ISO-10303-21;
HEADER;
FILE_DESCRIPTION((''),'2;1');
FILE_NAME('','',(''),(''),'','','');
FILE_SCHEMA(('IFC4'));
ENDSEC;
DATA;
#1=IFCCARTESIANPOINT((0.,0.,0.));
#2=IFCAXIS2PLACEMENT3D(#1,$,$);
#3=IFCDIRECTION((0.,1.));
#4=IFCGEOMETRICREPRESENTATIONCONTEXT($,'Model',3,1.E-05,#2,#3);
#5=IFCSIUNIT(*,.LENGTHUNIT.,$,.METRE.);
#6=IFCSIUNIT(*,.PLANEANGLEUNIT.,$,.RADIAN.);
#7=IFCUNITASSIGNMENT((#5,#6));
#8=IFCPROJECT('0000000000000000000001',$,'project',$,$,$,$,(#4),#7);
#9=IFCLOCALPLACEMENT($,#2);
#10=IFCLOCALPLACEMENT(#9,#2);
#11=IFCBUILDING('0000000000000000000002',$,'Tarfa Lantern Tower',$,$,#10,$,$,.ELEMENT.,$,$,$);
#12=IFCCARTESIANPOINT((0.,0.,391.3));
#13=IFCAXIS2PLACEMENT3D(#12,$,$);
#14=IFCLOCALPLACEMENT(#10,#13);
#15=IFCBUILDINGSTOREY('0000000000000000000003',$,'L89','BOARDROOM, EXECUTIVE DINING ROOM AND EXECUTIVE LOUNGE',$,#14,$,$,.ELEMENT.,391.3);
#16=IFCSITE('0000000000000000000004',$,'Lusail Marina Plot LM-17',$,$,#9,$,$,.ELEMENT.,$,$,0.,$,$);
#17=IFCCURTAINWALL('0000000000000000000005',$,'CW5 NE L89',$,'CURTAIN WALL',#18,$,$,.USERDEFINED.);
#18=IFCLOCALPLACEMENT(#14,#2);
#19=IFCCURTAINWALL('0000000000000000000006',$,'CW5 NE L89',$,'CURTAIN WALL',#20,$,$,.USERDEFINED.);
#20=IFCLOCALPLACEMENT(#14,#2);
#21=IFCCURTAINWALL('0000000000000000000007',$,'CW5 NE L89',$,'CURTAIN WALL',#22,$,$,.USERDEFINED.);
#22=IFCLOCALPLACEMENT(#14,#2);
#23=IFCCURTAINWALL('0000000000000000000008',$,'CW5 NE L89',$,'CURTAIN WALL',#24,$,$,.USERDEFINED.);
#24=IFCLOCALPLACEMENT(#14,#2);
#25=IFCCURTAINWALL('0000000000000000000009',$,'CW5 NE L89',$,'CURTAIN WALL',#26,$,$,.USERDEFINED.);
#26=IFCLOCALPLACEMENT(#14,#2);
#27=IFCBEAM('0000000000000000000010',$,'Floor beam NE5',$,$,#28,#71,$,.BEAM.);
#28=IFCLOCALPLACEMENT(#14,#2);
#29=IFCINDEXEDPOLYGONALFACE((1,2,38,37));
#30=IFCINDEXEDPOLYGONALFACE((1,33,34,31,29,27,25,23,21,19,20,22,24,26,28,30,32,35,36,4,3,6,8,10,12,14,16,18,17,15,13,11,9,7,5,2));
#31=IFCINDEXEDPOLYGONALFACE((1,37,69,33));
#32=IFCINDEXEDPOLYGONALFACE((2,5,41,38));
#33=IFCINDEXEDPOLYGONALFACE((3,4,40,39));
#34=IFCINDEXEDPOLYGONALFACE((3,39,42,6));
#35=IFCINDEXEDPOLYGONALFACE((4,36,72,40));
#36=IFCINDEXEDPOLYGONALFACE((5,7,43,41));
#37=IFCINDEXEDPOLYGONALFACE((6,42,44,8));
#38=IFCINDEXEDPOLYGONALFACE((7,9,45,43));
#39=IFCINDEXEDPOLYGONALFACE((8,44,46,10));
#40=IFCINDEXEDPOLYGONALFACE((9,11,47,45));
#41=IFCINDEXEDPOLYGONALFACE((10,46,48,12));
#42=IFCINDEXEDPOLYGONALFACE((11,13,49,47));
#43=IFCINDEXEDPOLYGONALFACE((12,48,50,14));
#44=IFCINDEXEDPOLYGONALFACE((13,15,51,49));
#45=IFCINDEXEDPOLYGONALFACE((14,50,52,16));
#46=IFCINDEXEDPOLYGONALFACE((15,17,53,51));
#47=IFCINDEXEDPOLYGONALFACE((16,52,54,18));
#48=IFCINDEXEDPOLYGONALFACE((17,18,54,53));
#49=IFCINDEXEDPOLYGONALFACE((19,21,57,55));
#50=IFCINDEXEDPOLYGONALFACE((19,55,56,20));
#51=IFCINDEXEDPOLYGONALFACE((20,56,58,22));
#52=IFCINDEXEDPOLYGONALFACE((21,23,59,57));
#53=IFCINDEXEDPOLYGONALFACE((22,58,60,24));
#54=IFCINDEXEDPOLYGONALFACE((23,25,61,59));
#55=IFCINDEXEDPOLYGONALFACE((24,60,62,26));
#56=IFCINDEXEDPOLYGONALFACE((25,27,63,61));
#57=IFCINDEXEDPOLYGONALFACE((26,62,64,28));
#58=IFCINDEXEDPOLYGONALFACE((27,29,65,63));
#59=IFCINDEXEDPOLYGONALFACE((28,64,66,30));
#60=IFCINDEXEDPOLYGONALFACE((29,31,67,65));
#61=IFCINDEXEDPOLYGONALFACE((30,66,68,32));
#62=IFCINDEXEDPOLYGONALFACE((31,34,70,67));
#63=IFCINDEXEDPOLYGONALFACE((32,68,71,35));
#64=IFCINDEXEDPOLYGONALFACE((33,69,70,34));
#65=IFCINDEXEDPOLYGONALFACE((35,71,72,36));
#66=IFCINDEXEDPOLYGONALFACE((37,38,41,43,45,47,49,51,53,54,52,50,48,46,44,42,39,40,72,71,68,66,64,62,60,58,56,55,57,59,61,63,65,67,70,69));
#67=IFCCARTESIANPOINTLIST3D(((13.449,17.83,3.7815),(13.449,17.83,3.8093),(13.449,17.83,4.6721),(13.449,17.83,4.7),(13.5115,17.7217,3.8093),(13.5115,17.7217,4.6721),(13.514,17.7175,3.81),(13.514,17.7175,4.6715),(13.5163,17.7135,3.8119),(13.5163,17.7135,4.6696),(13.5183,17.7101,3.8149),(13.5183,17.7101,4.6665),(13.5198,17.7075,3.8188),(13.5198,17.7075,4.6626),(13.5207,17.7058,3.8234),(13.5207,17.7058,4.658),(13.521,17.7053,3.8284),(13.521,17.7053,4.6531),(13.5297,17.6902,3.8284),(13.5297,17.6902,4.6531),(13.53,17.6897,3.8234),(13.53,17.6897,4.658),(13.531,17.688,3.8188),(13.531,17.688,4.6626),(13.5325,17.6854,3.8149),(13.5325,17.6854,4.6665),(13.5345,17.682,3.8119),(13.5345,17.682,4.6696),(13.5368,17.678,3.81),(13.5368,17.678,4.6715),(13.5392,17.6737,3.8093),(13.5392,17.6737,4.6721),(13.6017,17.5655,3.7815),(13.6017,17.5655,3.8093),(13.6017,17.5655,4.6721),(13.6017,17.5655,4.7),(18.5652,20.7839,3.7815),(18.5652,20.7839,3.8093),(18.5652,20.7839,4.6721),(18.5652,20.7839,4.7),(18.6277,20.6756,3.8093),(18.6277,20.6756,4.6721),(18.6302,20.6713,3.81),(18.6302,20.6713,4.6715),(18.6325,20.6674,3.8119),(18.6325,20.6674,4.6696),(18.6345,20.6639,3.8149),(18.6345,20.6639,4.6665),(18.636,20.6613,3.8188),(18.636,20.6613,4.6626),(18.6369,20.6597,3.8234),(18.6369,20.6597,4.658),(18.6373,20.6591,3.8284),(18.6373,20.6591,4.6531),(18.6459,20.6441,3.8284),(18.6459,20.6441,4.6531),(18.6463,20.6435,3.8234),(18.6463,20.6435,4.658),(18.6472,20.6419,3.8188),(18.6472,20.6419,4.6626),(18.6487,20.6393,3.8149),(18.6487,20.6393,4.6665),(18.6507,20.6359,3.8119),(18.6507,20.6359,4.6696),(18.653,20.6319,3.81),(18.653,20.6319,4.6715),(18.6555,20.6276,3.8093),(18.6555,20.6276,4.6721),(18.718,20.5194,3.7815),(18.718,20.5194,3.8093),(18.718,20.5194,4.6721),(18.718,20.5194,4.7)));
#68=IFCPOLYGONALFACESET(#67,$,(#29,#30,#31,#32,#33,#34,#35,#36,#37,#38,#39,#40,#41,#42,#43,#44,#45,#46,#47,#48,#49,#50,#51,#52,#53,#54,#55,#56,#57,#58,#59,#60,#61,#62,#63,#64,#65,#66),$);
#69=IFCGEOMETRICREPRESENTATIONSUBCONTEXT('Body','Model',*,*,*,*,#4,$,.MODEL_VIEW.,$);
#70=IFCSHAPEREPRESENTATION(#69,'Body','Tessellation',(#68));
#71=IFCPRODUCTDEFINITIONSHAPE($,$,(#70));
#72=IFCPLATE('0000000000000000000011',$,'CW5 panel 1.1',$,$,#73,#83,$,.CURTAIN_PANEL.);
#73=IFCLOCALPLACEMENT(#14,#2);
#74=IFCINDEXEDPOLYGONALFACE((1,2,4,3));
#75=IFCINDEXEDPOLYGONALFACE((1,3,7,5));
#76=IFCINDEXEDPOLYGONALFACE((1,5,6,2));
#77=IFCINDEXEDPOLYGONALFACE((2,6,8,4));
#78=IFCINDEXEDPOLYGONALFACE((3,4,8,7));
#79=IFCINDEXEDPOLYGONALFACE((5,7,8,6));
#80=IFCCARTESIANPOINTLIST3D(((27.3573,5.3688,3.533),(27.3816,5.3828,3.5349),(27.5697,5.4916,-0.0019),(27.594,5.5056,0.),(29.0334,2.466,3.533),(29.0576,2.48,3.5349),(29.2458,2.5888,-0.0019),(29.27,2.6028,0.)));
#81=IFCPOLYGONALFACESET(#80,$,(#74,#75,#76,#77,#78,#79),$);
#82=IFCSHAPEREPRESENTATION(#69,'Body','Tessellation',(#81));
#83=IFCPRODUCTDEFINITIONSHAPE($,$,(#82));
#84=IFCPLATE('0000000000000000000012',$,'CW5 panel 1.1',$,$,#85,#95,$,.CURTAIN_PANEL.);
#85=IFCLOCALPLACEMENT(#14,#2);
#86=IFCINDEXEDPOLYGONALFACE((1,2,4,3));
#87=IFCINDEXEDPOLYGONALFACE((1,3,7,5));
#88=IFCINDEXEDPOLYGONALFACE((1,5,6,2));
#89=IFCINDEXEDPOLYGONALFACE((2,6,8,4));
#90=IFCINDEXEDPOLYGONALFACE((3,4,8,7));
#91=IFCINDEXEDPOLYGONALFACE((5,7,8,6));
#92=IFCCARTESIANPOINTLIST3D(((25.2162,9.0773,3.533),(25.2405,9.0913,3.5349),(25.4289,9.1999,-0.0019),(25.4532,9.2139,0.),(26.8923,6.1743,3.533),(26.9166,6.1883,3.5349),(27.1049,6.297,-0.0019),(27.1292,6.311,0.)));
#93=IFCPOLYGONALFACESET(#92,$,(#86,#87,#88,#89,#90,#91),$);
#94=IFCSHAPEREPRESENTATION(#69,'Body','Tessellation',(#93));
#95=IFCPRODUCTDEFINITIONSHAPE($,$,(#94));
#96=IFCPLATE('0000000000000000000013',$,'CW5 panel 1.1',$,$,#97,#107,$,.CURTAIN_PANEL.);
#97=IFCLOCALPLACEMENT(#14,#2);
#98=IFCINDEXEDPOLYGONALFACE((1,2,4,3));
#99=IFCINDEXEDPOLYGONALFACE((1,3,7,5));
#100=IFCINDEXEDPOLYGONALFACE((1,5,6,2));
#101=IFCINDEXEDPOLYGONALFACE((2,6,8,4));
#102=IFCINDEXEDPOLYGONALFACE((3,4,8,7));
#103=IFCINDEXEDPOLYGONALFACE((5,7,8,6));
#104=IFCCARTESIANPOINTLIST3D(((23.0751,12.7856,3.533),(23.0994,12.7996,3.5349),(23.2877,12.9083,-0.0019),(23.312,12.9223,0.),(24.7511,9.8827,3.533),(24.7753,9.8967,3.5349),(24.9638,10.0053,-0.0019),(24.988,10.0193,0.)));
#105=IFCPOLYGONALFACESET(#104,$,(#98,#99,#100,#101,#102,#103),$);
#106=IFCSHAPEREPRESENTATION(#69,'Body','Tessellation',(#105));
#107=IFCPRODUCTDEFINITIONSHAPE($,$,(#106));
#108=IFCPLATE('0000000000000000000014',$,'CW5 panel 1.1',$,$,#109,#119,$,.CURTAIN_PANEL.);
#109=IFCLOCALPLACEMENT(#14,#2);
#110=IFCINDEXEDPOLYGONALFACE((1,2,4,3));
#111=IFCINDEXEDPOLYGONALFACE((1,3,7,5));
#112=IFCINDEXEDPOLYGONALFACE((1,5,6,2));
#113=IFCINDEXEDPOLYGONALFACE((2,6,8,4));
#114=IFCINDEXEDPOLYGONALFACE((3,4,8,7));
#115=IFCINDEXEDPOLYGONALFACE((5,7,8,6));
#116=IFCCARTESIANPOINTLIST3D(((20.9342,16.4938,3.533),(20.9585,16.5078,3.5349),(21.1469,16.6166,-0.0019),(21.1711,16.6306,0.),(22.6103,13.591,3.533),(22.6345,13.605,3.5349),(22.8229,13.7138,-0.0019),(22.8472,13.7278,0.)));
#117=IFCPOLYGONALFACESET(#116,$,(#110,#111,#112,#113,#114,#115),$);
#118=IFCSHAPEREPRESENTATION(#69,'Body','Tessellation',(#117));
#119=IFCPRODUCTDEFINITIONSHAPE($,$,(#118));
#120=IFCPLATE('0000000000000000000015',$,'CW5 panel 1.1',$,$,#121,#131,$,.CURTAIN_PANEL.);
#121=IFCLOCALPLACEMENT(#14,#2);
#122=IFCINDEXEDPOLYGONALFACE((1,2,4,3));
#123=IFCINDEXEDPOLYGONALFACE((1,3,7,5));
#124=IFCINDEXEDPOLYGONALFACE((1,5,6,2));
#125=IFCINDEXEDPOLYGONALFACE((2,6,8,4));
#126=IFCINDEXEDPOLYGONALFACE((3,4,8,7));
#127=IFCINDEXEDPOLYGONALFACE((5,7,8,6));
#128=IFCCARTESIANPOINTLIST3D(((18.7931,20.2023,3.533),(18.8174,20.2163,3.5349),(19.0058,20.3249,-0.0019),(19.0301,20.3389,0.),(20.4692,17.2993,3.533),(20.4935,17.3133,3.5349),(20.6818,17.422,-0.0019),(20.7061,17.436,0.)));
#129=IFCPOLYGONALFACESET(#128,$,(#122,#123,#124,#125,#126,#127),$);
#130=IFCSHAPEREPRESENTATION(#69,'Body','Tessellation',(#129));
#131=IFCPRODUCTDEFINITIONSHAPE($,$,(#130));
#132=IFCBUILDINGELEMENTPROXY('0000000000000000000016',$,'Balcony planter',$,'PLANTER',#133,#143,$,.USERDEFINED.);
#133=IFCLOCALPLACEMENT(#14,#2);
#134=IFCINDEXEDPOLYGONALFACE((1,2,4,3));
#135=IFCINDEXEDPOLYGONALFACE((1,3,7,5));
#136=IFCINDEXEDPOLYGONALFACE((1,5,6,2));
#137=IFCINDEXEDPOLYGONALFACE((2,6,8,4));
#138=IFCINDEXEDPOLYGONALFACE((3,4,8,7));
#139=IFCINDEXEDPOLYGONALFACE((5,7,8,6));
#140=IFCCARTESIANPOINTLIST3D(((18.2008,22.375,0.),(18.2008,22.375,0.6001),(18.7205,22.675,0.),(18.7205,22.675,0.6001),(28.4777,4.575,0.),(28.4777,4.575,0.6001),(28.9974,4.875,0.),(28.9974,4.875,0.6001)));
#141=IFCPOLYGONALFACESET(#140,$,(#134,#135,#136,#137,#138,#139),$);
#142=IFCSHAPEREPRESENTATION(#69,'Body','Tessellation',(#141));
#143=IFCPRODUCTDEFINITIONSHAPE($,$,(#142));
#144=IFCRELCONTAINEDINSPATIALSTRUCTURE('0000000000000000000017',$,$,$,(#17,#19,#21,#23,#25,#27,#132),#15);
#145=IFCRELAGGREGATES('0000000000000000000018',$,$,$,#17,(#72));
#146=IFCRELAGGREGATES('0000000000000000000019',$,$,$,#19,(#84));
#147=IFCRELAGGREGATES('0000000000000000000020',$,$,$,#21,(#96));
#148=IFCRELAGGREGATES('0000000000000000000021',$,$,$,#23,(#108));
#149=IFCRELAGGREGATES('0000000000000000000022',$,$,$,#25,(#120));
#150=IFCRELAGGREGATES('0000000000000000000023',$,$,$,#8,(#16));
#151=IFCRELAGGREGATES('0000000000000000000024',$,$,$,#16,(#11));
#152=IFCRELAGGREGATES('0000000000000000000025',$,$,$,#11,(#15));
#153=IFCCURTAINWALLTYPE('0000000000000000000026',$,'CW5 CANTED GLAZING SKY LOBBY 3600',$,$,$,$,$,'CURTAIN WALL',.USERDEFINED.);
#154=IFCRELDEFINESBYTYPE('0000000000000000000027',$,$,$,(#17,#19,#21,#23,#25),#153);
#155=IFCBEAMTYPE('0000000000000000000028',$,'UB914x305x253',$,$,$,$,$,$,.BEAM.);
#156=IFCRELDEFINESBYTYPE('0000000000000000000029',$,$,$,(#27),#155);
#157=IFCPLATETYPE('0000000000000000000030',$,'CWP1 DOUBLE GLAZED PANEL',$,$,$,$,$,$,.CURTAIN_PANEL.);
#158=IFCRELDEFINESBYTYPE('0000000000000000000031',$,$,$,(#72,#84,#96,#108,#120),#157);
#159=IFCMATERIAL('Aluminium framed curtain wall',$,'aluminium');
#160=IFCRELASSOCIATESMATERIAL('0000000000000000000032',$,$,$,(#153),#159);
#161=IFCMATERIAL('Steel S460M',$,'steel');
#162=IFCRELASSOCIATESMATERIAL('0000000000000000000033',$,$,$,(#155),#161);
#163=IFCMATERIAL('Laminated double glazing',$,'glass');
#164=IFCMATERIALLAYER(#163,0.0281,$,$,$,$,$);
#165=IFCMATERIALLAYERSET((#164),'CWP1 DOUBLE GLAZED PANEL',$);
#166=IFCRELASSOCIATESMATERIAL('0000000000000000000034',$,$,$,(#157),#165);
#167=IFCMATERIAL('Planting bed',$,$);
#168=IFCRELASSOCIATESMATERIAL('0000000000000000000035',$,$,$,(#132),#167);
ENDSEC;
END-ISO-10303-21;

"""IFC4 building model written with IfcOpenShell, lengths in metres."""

from ifc_helpers import new_model, si_unit, direction, frame, origin, origin_2d, place, context, subcontext, project, spatial, polyline, rectangle, i_section, outline, extrude, material, layer, layer_set, material_profile, profile_set, type_object, element, aggregate, save


model = new_model("IFC4")

# Units and contexts
model_context = context("Model", 3, precision=1e-05, world=origin(), true_north=direction((0.0, 1.0)))
body_context = subcontext(model_context, "Body", "Model", "MODEL_VIEW")
ifc_project = project(units=[si_unit("LENGTHUNIT", "METRE"), si_unit("PLANEANGLEUNIT", "RADIAN")], contexts=[model_context])

# Site, building, storey
site_placement = place(None, origin())
site = spatial("IfcSite", under=ifc_project, at=site_placement, Name="Lusail Marina Plot LM-17", CompositionType="ELEMENT", RefElevation=0.0)
building_placement = place(site_placement, origin())
building = spatial("IfcBuilding", under=site, at=building_placement, Name="Tarfa Lantern Tower", CompositionType="ELEMENT")
storey_placement = place(building_placement, frame((0.0, 0.0, 391.3)))
storey = spatial("IfcBuildingStorey", under=building, at=storey_placement, Name="L89", Description="BOARDROOM, EXECUTIVE DINING ROOM AND EXECUTIVE LOUNGE", CompositionType="ELEMENT", Elevation=391.3)

# Curtain walls
ifc_material_1 = material(Name="Aluminium framed curtain wall", Category="aluminium")
curtain_wall_type = type_object("IfcCurtainWallType", Name="CW5 CANTED GLAZING SKY LOBBY 3600", ElementType="CURTAIN WALL", PredefinedType="USERDEFINED", material=ifc_material_1)
curtain_wall_1_placement = place(storey_placement, origin())
curtain_wall_1 = element("IfcCurtainWall", 1, at=curtain_wall_1_placement, inside=storey, type_object=curtain_wall_type, Name="CW5 NE L89", ObjectType="CURTAIN WALL", PredefinedType="USERDEFINED")
curtain_wall_2_placement = place(storey_placement, origin())
curtain_wall_2 = element("IfcCurtainWall", 2, at=curtain_wall_2_placement, inside=storey, type_object=curtain_wall_type, Name="CW5 NE L89", ObjectType="CURTAIN WALL", PredefinedType="USERDEFINED")
curtain_wall_3_placement = place(storey_placement, origin())
curtain_wall_3 = element("IfcCurtainWall", 3, at=curtain_wall_3_placement, inside=storey, type_object=curtain_wall_type, Name="CW5 NE L89", ObjectType="CURTAIN WALL", PredefinedType="USERDEFINED")
curtain_wall_4_placement = place(storey_placement, origin())
curtain_wall_4 = element("IfcCurtainWall", 4, at=curtain_wall_4_placement, inside=storey, type_object=curtain_wall_type, Name="CW5 NE L89", ObjectType="CURTAIN WALL", PredefinedType="USERDEFINED")
curtain_wall_5_placement = place(storey_placement, origin())
curtain_wall_5 = element("IfcCurtainWall", 5, at=curtain_wall_5_placement, inside=storey, type_object=curtain_wall_type, Name="CW5 NE L89", ObjectType="CURTAIN WALL", PredefinedType="USERDEFINED")

# Beam
ifc_material_2 = material(Name="Steel S460M", Category="steel")
ifc_material_profile_1 = material_profile(ifc_material_2, i_section(OverallWidth=0.3054, OverallDepth=0.9185, WebThickness=0.0173, FlangeThickness=0.0278, FilletRadius=0.019, at=origin_2d()), Name="UB914x305x253")
ifc_profile_set_1 = profile_set([ifc_material_profile_1], Name="Steel S460M")
beam_type_1 = type_object("IfcBeamType", Name="UB914x305x253", PredefinedType="BEAM", material=ifc_profile_set_1)
beam_1_placement = place(storey_placement, frame((18.6416, 20.6516, 4.2407), z_axis=(-0.866025, -0.500001, 0.0), x_axis=(0.500001, -0.866025, 0.0)))
element("IfcBeam", 6, at=beam_1_placement, inside=storey, type_object=beam_type_1, Name="Floor beam NE5", PredefinedType="BEAM", context=body_context, shape_type="SweptSolid", body=[
    extrude(i_section(OverallWidth=0.3054, OverallDepth=0.9185, WebThickness=0.0173, FlangeThickness=0.0278, FilletRadius=0.019, at=origin_2d()), origin(), (0.0, 0.0, 1.0), 5.9077),
])

# Plates
ifc_material_3 = material(Name="Laminated double glazing", Category="glass")
ifc_layer = layer(ifc_material_3, 0.0281)
ifc_layer_set = layer_set([ifc_layer], Name="CWP1 DOUBLE GLAZED PANEL")
plate_type = type_object("IfcPlateType", Name="CWP1 DOUBLE GLAZED PANEL", PredefinedType="CURTAIN_PANEL", material=ifc_layer_set)
plate_1_placement = place(storey_placement, frame((29.27, 2.6028, 0.0), z_axis=(0.863937, 0.498817, 0.06924), x_axis=(-0.500017, 0.866016, 0.0)))
plate_1 = element("IfcPlate", 7, at=plate_1_placement, type_object=plate_type, Name="CW5 panel 1.1", PredefinedType="CURTAIN_PANEL", context=body_context, shape_type="SweptSolid", body=[
    extrude(outline(polyline([(0.0, 0.0), (3.3519, 0.0), (3.3518, 3.5434), (-0.0001, 3.5434), (0.0, 0.0)])), origin(), (0.0, 0.0, -1.0), 0.0281),
])
aggregate(curtain_wall_1, [plate_1])
plate_2_placement = place(storey_placement, frame((27.1292, 6.311, 0.0), z_axis=(0.863944, 0.498799, 0.069283), x_axis=(-0.500001, 0.866025, 0.000001)))
plate_2 = element("IfcPlate", 8, at=plate_2_placement, type_object=plate_type, Name="CW5 panel 1.1", PredefinedType="CURTAIN_PANEL", context=body_context, shape_type="SweptSolid", body=[
    extrude(outline(polyline([(0.0, 0.0), (3.3519, 0.0), (3.3521, 3.5434), (0.0, 3.5434), (0.0, 0.0)])), origin(), (0.0, 0.0, -1.0), 0.0281),
])
aggregate(curtain_wall_2, [plate_2])
plate_3_placement = place(storey_placement, frame((24.988, 10.0193, 0.0), z_axis=(0.863944, 0.498799, 0.069283), x_axis=(-0.500001, 0.866025, -0.000001)))
plate_3 = element("IfcPlate", 9, at=plate_3_placement, type_object=plate_type, Name="CW5 panel 1.1", PredefinedType="CURTAIN_PANEL", context=body_context, shape_type="SweptSolid", body=[
    extrude(outline(polyline([(0.0, 0.0), (3.3522, 0.0), (3.3521, 3.5434), (0.0002, 3.5434), (0.0, 0.0)])), origin(), (0.0, 0.0, -1.0), 0.0281),
])
aggregate(curtain_wall_3, [plate_3])
plate_4_placement = place(storey_placement, frame((22.8472, 13.7278, 0.0), z_axis=(0.863934, 0.498815, 0.0693), x_axis=(-0.500017, 0.866016, 0.0)))
plate_4 = element("IfcPlate", 10, at=plate_4_placement, type_object=plate_type, Name="CW5 panel 1.1", PredefinedType="CURTAIN_PANEL", context=body_context, shape_type="SweptSolid", body=[
    extrude(outline(polyline([(0.0, 0.0), (3.3519, 0.0), (3.3519, 3.5434), (0.0, 3.5434), (0.0, 0.0)])), origin(), (0.0, 0.0, -1.0), 0.0281),
])
aggregate(curtain_wall_4, [plate_4])
plate_5_placement = place(storey_placement, frame((20.7061, 17.436, 0.0), z_axis=(0.863944, 0.498799, 0.069283), x_axis=(-0.500001, 0.866025, 0.000001)))
plate_5 = element("IfcPlate", 11, at=plate_5_placement, type_object=plate_type, Name="CW5 panel 1.1", PredefinedType="CURTAIN_PANEL", context=body_context, shape_type="SweptSolid", body=[
    extrude(outline(polyline([(0.0, 0.0), (3.3519, 0.0), (3.3521, 3.5434), (0.0, 3.5434), (0.0, 0.0)])), origin(), (0.0, 0.0, -1.0), 0.0281),
])
aggregate(curtain_wall_5, [plate_5])

# Building element proxy
ifc_material_4 = material(Name="Planting bed")
proxy_placement = place(storey_placement, frame((23.5991, 13.625, 0.0), z_axis=(0.0, 0.0, 1.0), x_axis=(-0.5, 0.866025, 0.0)))
element("IfcBuildingElementProxy", 12, at=proxy_placement, inside=storey, material=ifc_material_4, Name="Balcony planter", ObjectType="PLANTER", PredefinedType="USERDEFINED", context=body_context, shape_type="SweptSolid", body=[
    extrude(rectangle(XDim=20.5537, YDim=0.6001, at=origin_2d()), origin(), (0.0, 0.0, 1.0), 0.6001),
])

save(model, "model.ifc")
